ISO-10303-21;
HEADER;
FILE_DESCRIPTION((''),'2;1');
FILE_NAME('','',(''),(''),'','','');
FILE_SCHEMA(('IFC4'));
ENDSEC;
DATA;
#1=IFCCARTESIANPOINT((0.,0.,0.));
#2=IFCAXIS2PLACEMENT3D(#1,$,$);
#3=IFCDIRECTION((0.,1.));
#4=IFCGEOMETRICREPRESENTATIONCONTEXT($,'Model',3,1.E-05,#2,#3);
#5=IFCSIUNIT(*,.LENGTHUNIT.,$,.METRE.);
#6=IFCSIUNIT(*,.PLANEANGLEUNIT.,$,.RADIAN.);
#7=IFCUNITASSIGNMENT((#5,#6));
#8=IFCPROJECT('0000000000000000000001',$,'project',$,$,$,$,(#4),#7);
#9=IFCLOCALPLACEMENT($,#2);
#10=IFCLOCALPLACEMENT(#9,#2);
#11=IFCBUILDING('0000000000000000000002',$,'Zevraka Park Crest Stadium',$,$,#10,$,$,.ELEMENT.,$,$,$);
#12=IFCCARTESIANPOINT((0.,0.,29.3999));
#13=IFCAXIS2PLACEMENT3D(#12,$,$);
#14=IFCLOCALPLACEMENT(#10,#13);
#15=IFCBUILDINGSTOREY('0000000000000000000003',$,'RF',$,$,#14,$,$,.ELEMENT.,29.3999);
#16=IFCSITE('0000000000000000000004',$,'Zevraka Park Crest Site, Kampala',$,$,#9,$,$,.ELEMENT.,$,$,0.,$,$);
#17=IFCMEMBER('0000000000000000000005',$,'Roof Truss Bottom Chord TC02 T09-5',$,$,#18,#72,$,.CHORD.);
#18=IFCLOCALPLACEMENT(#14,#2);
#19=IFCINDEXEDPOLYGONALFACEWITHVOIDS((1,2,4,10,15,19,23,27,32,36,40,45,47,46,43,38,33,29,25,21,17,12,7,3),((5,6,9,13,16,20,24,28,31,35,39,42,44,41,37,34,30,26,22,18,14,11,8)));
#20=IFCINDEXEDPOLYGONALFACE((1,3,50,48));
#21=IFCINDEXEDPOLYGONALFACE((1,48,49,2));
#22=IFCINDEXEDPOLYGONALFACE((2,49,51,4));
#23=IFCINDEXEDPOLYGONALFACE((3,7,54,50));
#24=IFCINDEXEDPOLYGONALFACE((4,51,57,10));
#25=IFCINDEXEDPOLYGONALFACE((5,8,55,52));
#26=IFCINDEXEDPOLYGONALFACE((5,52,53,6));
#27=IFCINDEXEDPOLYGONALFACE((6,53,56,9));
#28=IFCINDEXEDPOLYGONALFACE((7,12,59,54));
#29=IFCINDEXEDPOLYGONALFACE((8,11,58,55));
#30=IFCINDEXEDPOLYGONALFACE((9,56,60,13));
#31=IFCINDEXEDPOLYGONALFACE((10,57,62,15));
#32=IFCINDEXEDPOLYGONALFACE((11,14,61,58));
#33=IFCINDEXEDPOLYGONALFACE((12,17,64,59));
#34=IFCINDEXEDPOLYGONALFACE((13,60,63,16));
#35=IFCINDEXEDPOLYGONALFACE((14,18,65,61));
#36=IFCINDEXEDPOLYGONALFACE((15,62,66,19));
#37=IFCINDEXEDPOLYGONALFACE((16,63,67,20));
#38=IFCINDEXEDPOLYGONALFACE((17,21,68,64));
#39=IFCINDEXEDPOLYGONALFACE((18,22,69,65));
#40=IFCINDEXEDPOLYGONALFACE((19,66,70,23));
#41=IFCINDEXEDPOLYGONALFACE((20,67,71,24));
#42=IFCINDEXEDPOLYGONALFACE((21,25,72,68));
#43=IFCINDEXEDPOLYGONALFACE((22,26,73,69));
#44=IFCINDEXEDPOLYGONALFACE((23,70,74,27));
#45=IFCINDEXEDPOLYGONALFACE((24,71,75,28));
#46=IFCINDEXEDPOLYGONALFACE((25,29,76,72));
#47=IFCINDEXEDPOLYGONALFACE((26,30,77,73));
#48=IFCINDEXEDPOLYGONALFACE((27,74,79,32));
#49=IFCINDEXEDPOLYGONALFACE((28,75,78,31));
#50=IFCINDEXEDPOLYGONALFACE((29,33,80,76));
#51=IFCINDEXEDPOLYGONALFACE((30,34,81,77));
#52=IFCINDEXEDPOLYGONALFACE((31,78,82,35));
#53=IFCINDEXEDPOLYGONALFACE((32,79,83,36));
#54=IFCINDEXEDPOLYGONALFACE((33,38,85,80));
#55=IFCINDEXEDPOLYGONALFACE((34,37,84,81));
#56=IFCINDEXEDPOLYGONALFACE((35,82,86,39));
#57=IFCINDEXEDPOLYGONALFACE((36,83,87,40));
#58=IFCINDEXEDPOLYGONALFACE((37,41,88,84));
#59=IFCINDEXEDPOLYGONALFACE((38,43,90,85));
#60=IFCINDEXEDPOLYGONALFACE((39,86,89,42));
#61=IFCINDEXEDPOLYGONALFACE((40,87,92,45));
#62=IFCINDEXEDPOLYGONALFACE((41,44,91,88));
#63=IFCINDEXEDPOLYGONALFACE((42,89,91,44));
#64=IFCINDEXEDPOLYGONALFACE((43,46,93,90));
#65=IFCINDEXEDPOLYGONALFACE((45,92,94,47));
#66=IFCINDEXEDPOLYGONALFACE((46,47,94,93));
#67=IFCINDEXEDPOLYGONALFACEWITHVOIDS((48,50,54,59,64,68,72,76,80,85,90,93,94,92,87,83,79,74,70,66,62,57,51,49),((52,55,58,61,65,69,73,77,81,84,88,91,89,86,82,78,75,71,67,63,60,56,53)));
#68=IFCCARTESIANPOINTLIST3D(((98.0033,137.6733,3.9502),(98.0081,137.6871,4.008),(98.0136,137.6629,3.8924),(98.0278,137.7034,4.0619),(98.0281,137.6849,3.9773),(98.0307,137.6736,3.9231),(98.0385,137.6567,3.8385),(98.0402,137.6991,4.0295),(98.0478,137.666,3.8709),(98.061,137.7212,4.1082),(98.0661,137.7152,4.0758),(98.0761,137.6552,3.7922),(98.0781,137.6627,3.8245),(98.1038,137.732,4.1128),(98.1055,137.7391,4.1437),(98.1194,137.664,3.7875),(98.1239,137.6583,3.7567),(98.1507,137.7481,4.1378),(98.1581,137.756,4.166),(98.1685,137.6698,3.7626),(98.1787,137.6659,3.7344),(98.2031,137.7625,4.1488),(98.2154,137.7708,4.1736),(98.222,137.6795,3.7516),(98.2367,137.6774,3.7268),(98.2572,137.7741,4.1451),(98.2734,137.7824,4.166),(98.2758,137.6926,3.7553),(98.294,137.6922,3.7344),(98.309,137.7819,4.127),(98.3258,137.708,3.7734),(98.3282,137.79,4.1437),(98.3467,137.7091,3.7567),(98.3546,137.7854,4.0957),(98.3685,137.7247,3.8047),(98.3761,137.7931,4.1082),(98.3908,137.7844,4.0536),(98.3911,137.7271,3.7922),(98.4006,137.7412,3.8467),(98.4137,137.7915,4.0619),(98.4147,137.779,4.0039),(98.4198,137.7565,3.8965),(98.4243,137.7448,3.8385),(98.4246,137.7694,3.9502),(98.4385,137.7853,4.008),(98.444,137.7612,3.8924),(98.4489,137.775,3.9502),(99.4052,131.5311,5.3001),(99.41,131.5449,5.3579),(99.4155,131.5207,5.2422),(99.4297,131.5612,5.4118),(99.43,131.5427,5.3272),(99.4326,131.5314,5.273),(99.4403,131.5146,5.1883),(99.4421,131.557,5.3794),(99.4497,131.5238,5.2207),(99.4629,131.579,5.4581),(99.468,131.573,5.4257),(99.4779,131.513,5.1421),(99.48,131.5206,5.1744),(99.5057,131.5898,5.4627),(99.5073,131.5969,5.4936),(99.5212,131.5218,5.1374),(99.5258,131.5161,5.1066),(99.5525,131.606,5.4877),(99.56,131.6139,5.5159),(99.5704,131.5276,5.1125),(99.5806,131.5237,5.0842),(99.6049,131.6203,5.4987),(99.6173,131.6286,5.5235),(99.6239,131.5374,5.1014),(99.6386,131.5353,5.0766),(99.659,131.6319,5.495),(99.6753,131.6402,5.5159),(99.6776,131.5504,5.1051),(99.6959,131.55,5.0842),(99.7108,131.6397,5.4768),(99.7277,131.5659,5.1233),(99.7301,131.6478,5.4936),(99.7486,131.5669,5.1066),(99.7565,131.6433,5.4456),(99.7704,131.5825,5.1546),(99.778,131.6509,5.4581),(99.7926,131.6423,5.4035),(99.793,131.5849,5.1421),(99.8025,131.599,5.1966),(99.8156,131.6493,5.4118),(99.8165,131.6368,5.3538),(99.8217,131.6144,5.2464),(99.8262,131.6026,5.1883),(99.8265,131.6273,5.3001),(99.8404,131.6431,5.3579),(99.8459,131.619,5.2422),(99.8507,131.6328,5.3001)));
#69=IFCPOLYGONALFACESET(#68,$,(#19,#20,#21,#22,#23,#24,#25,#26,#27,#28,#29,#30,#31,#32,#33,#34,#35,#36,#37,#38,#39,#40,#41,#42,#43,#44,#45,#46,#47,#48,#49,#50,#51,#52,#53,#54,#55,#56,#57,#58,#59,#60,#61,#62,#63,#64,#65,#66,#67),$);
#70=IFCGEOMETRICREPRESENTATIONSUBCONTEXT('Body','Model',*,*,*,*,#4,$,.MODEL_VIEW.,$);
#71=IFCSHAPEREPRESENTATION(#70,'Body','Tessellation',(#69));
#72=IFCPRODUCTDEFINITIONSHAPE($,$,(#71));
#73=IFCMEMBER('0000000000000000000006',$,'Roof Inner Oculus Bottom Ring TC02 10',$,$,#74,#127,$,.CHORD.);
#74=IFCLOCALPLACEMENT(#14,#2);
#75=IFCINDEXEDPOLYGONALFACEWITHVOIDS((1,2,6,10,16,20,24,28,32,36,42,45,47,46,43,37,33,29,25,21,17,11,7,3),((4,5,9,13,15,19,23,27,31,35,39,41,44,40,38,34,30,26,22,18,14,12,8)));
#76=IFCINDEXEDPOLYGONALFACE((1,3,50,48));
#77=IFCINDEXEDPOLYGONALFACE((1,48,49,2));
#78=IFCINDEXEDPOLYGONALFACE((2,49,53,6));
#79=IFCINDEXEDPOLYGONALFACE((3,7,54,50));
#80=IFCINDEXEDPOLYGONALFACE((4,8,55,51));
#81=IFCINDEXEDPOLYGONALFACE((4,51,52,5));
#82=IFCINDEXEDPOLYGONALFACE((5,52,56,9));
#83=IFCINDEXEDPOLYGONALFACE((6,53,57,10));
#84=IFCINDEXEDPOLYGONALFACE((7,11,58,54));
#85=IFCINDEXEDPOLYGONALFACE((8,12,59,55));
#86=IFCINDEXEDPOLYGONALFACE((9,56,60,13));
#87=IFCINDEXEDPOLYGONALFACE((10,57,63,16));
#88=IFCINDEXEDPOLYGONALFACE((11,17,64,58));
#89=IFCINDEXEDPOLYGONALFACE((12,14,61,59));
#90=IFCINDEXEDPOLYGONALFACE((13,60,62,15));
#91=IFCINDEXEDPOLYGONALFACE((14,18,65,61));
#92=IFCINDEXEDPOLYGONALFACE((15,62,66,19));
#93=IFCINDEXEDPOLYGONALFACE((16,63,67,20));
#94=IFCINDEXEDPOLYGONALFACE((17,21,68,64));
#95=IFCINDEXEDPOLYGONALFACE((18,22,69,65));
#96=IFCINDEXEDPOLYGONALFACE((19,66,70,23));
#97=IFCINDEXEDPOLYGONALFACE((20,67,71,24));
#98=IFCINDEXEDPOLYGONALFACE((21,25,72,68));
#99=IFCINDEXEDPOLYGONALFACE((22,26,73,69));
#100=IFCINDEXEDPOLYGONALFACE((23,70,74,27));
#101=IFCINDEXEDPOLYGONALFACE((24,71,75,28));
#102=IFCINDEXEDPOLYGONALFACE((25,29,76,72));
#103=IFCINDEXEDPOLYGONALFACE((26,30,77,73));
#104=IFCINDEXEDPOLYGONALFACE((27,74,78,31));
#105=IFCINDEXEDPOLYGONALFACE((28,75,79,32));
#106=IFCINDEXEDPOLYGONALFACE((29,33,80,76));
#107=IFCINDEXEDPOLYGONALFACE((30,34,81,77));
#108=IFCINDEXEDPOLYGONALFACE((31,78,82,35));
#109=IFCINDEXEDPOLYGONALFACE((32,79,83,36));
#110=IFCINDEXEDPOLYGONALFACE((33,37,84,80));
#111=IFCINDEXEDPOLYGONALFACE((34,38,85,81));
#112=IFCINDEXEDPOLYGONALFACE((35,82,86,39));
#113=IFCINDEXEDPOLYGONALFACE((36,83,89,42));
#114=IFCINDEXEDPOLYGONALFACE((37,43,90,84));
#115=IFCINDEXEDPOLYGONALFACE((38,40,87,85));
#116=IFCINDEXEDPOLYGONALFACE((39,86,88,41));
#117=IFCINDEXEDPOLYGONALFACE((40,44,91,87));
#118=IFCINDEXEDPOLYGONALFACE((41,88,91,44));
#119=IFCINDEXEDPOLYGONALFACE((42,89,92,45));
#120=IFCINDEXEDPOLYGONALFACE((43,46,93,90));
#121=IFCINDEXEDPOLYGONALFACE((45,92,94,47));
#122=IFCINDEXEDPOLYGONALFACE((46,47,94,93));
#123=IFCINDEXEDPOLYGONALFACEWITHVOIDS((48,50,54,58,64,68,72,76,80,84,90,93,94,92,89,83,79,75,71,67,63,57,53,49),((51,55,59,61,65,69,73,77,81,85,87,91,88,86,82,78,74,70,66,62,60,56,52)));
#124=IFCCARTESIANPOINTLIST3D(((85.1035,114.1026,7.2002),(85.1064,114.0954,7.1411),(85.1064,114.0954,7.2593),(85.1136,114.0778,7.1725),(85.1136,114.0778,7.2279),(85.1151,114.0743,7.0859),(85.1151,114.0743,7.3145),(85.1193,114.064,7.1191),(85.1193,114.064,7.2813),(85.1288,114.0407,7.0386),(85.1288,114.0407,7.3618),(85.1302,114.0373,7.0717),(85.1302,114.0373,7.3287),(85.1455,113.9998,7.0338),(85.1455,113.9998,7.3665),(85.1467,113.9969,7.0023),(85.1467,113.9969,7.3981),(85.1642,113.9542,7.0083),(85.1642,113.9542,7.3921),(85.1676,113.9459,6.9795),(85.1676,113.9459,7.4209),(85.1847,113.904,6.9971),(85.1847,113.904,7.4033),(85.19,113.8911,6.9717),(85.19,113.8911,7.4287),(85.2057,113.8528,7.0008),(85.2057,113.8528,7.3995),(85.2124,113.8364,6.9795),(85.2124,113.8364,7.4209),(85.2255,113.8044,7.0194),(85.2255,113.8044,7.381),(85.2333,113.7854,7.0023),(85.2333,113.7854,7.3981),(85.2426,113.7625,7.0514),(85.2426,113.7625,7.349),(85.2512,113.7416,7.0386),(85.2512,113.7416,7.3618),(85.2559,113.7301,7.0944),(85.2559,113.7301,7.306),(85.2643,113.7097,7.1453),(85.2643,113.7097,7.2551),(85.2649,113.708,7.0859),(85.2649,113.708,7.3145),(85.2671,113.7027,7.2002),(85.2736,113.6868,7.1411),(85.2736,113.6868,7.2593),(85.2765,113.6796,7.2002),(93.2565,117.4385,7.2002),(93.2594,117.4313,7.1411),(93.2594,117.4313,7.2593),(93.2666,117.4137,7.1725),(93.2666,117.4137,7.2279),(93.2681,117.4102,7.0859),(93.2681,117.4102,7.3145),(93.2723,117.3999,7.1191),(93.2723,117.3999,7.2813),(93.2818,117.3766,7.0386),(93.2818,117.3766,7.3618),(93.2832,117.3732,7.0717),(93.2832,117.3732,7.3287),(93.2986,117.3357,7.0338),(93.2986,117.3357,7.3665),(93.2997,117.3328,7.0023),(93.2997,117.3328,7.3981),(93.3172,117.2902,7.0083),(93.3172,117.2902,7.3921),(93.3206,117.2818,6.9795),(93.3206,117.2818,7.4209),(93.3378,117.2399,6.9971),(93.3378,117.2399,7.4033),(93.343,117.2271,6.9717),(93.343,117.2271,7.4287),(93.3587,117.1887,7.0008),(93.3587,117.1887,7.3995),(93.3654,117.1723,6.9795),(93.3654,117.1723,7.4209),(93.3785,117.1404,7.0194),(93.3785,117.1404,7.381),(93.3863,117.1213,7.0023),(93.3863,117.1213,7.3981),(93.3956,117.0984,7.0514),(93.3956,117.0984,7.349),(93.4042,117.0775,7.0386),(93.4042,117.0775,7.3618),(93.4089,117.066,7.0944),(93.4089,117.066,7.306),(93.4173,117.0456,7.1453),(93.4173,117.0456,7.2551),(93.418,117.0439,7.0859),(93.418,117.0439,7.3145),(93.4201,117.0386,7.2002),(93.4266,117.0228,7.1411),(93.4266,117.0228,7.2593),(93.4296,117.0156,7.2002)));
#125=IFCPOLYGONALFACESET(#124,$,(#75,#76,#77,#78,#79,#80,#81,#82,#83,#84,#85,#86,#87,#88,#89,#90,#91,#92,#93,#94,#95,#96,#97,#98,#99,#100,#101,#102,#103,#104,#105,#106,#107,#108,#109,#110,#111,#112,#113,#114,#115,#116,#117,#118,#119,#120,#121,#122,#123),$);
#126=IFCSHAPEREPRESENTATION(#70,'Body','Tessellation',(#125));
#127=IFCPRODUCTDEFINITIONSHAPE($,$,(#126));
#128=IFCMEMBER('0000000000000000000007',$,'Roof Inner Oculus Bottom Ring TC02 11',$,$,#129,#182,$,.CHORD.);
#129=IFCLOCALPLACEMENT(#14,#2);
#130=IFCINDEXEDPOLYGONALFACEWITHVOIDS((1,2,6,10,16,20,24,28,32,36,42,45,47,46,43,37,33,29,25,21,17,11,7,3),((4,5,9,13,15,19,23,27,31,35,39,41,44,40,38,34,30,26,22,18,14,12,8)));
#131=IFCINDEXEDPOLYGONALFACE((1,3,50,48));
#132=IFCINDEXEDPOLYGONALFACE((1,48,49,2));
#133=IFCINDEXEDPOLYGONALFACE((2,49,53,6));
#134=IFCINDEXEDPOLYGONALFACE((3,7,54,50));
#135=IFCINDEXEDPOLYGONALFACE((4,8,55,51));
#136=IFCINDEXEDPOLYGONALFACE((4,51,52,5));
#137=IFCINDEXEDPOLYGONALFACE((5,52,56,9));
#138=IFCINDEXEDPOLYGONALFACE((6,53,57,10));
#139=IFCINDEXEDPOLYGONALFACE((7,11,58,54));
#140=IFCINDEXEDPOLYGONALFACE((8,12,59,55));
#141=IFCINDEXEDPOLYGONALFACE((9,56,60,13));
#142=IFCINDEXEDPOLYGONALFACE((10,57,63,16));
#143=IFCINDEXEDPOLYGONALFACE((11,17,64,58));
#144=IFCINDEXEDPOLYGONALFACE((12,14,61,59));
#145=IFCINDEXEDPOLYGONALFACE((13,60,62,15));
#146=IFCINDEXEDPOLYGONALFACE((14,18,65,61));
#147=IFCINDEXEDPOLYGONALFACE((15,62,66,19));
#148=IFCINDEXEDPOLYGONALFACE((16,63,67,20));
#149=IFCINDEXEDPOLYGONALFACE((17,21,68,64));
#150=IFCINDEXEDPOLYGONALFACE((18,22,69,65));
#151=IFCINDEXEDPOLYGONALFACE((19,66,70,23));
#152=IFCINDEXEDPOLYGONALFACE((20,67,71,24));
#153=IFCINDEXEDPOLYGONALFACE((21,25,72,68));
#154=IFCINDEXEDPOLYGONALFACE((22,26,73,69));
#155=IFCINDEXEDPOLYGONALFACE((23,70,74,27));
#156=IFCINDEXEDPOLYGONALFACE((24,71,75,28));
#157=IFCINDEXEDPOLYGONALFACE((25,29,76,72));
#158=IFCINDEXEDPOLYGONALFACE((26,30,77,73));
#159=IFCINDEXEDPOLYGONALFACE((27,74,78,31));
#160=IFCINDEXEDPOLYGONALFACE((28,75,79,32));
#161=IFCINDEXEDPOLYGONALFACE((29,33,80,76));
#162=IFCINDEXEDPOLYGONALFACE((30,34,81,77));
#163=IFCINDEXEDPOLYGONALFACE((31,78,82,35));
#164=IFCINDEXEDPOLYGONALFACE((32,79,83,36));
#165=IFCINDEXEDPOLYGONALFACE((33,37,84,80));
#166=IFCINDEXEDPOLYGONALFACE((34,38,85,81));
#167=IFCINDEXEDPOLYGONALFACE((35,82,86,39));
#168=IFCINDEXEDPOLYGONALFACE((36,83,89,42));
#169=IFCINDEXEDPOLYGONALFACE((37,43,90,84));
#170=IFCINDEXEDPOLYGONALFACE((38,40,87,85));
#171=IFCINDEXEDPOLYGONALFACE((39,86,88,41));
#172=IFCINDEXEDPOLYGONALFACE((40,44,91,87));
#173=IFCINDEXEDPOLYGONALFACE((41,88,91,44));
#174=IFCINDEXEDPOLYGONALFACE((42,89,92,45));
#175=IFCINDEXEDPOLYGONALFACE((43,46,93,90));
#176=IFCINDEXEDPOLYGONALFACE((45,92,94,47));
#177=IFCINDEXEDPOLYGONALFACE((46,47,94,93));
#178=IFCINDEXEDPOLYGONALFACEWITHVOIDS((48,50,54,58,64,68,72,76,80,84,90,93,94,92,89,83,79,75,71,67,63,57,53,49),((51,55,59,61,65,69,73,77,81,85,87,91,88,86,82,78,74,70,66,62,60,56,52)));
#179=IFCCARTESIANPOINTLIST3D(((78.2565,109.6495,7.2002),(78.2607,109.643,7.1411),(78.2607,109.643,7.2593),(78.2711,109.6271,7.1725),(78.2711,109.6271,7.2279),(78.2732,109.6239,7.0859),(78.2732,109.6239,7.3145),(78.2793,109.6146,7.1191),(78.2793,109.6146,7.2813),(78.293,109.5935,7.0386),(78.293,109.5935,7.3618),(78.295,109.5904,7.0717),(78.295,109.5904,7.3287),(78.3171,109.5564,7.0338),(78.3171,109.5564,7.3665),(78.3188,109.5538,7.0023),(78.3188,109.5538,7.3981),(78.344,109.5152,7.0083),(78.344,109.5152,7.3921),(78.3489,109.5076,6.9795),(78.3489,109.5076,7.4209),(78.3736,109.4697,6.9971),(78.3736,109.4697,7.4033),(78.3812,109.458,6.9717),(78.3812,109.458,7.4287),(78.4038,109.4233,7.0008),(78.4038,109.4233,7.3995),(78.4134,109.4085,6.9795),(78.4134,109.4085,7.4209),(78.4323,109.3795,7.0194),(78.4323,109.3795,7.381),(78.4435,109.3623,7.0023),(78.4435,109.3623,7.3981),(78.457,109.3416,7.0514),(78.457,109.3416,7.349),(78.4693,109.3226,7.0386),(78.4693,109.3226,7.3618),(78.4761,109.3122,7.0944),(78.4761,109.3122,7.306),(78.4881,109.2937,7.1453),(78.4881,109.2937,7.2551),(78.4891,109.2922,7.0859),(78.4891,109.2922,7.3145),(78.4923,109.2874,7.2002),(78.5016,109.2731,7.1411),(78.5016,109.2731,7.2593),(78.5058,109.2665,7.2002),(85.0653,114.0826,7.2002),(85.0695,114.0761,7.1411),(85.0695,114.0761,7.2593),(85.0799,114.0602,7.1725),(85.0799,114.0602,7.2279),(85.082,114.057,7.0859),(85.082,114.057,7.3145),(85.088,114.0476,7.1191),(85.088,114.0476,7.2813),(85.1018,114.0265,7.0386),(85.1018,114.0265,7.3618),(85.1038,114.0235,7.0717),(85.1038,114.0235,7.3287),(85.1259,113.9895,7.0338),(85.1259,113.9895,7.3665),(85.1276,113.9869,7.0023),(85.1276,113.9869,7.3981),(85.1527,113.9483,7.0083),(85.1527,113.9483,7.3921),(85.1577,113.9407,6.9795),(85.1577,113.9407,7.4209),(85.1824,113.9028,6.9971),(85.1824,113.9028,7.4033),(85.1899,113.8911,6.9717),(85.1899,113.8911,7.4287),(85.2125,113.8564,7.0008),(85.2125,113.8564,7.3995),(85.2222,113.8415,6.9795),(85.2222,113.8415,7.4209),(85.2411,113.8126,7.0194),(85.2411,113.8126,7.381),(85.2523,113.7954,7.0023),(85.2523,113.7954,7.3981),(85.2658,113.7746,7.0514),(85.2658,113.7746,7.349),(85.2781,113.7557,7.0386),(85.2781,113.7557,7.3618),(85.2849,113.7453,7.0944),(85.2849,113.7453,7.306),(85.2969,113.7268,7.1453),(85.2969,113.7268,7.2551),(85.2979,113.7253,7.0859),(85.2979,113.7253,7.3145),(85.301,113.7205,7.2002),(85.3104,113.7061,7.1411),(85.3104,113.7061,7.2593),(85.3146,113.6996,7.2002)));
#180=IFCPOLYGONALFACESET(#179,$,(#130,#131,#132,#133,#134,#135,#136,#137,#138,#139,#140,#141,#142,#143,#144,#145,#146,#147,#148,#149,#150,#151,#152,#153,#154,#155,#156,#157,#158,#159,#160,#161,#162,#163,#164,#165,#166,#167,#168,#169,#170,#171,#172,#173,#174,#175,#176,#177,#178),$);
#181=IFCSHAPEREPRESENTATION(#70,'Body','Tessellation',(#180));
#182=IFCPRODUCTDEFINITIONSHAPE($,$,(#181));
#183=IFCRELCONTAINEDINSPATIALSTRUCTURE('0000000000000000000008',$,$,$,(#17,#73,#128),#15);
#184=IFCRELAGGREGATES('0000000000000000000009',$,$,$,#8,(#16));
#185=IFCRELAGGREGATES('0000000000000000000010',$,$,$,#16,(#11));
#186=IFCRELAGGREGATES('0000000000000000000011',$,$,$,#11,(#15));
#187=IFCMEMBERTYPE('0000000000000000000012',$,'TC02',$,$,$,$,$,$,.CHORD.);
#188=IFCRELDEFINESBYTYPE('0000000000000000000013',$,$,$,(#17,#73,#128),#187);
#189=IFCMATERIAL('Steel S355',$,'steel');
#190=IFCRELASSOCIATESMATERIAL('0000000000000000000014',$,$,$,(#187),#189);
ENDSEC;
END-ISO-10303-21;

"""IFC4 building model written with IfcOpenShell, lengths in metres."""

from ifc_helpers import new_model, si_unit, direction, frame, origin, origin_2d, place, context, subcontext, project, spatial, hollow_circle, extrude, material, material_profile, profile_set, type_object, element, save


model = new_model("IFC4")

# Units and contexts
model_context = context("Model", 3, precision=1e-05, world=origin(), true_north=direction((0.0, 1.0)))
body_context = subcontext(model_context, "Body", "Model", "MODEL_VIEW")
ifc_project = project(units=[si_unit("LENGTHUNIT", "METRE"), si_unit("PLANEANGLEUNIT", "RADIAN")], contexts=[model_context])

# Site, building, storey
site_placement = place(None, origin())
site = spatial("IfcSite", under=ifc_project, at=site_placement, Name="Zevraka Park Crest Site, Kampala", CompositionType="ELEMENT", RefElevation=0.0)
building_placement = place(site_placement, origin())
building = spatial("IfcBuilding", under=site, at=building_placement, Name="Zevraka Park Crest Stadium", CompositionType="ELEMENT")
storey_placement = place(building_placement, frame((0.0, 0.0, 29.3999)))
storey = spatial("IfcBuildingStorey", under=building, at=storey_placement, Name="RF", CompositionType="ELEMENT", Elevation=29.3999)

# Members
ifc_material_1 = material(Name="Steel S355", Category="steel")
ifc_material_profile_1 = material_profile(ifc_material_1, hollow_circle(Radius=0.2285, WallThickness=0.0249, at=origin_2d()), Name="CHS 457.0x25")
ifc_profile_set_1 = profile_set([ifc_material_profile_1], Name="Steel S355")
member_type_1 = type_object("IfcMemberType", Name="TC02", PredefinedType="CHORD", material=ifc_profile_set_1)
member_1_placement = place(storey_placement, frame((98.2261, 137.7241, 3.9502), z_axis=(0.217577, -0.953293, 0.209506), x_axis=(0.974929, 0.222515, 0.0)))
element("IfcMember", 1, at=member_1_placement, inside=storey, type_object=member_type_1, Name="Roof Truss Bottom Chord TC02 T09-5", PredefinedType="CHORD", context=body_context, shape_type="SweptSolid", body=[
    extrude(hollow_circle(Radius=0.2285, WallThickness=0.0249, at=origin_2d()), origin(), (0.0, 0.0, 1.0), 6.4431),
])
member_2_placement = place(storey_placement, frame((93.343, 117.2271, 7.2002), z_axis=(-0.925524, -0.37869, 0.0), x_axis=(0.37869, -0.925524, 0.0)))
element("IfcMember", 2, at=member_2_placement, inside=storey, type_object=member_type_1, Name="Roof Inner Oculus Bottom Ring TC02 10", PredefinedType="CHORD", context=body_context, shape_type="SweptSolid", body=[
    extrude(hollow_circle(Radius=0.2285, WallThickness=0.0249, at=origin_2d()), origin(), (0.0, 0.0, 1.0), 8.8091),
])
member_3_placement = place(storey_placement, frame((85.1899, 113.8911, 7.2002), z_axis=(-0.838029, -0.545625, 0.0), x_axis=(0.545625, -0.838029, 0.0)))
element("IfcMember", 3, at=member_3_placement, inside=storey, type_object=member_type_1, Name="Roof Inner Oculus Bottom Ring TC02 11", PredefinedType="CHORD", context=body_context, shape_type="SweptSolid", body=[
    extrude(hollow_circle(Radius=0.2285, WallThickness=0.0249, at=origin_2d()), origin(), (0.0, 0.0, 1.0), 8.1248),
])

save(model, "model.ifc")
